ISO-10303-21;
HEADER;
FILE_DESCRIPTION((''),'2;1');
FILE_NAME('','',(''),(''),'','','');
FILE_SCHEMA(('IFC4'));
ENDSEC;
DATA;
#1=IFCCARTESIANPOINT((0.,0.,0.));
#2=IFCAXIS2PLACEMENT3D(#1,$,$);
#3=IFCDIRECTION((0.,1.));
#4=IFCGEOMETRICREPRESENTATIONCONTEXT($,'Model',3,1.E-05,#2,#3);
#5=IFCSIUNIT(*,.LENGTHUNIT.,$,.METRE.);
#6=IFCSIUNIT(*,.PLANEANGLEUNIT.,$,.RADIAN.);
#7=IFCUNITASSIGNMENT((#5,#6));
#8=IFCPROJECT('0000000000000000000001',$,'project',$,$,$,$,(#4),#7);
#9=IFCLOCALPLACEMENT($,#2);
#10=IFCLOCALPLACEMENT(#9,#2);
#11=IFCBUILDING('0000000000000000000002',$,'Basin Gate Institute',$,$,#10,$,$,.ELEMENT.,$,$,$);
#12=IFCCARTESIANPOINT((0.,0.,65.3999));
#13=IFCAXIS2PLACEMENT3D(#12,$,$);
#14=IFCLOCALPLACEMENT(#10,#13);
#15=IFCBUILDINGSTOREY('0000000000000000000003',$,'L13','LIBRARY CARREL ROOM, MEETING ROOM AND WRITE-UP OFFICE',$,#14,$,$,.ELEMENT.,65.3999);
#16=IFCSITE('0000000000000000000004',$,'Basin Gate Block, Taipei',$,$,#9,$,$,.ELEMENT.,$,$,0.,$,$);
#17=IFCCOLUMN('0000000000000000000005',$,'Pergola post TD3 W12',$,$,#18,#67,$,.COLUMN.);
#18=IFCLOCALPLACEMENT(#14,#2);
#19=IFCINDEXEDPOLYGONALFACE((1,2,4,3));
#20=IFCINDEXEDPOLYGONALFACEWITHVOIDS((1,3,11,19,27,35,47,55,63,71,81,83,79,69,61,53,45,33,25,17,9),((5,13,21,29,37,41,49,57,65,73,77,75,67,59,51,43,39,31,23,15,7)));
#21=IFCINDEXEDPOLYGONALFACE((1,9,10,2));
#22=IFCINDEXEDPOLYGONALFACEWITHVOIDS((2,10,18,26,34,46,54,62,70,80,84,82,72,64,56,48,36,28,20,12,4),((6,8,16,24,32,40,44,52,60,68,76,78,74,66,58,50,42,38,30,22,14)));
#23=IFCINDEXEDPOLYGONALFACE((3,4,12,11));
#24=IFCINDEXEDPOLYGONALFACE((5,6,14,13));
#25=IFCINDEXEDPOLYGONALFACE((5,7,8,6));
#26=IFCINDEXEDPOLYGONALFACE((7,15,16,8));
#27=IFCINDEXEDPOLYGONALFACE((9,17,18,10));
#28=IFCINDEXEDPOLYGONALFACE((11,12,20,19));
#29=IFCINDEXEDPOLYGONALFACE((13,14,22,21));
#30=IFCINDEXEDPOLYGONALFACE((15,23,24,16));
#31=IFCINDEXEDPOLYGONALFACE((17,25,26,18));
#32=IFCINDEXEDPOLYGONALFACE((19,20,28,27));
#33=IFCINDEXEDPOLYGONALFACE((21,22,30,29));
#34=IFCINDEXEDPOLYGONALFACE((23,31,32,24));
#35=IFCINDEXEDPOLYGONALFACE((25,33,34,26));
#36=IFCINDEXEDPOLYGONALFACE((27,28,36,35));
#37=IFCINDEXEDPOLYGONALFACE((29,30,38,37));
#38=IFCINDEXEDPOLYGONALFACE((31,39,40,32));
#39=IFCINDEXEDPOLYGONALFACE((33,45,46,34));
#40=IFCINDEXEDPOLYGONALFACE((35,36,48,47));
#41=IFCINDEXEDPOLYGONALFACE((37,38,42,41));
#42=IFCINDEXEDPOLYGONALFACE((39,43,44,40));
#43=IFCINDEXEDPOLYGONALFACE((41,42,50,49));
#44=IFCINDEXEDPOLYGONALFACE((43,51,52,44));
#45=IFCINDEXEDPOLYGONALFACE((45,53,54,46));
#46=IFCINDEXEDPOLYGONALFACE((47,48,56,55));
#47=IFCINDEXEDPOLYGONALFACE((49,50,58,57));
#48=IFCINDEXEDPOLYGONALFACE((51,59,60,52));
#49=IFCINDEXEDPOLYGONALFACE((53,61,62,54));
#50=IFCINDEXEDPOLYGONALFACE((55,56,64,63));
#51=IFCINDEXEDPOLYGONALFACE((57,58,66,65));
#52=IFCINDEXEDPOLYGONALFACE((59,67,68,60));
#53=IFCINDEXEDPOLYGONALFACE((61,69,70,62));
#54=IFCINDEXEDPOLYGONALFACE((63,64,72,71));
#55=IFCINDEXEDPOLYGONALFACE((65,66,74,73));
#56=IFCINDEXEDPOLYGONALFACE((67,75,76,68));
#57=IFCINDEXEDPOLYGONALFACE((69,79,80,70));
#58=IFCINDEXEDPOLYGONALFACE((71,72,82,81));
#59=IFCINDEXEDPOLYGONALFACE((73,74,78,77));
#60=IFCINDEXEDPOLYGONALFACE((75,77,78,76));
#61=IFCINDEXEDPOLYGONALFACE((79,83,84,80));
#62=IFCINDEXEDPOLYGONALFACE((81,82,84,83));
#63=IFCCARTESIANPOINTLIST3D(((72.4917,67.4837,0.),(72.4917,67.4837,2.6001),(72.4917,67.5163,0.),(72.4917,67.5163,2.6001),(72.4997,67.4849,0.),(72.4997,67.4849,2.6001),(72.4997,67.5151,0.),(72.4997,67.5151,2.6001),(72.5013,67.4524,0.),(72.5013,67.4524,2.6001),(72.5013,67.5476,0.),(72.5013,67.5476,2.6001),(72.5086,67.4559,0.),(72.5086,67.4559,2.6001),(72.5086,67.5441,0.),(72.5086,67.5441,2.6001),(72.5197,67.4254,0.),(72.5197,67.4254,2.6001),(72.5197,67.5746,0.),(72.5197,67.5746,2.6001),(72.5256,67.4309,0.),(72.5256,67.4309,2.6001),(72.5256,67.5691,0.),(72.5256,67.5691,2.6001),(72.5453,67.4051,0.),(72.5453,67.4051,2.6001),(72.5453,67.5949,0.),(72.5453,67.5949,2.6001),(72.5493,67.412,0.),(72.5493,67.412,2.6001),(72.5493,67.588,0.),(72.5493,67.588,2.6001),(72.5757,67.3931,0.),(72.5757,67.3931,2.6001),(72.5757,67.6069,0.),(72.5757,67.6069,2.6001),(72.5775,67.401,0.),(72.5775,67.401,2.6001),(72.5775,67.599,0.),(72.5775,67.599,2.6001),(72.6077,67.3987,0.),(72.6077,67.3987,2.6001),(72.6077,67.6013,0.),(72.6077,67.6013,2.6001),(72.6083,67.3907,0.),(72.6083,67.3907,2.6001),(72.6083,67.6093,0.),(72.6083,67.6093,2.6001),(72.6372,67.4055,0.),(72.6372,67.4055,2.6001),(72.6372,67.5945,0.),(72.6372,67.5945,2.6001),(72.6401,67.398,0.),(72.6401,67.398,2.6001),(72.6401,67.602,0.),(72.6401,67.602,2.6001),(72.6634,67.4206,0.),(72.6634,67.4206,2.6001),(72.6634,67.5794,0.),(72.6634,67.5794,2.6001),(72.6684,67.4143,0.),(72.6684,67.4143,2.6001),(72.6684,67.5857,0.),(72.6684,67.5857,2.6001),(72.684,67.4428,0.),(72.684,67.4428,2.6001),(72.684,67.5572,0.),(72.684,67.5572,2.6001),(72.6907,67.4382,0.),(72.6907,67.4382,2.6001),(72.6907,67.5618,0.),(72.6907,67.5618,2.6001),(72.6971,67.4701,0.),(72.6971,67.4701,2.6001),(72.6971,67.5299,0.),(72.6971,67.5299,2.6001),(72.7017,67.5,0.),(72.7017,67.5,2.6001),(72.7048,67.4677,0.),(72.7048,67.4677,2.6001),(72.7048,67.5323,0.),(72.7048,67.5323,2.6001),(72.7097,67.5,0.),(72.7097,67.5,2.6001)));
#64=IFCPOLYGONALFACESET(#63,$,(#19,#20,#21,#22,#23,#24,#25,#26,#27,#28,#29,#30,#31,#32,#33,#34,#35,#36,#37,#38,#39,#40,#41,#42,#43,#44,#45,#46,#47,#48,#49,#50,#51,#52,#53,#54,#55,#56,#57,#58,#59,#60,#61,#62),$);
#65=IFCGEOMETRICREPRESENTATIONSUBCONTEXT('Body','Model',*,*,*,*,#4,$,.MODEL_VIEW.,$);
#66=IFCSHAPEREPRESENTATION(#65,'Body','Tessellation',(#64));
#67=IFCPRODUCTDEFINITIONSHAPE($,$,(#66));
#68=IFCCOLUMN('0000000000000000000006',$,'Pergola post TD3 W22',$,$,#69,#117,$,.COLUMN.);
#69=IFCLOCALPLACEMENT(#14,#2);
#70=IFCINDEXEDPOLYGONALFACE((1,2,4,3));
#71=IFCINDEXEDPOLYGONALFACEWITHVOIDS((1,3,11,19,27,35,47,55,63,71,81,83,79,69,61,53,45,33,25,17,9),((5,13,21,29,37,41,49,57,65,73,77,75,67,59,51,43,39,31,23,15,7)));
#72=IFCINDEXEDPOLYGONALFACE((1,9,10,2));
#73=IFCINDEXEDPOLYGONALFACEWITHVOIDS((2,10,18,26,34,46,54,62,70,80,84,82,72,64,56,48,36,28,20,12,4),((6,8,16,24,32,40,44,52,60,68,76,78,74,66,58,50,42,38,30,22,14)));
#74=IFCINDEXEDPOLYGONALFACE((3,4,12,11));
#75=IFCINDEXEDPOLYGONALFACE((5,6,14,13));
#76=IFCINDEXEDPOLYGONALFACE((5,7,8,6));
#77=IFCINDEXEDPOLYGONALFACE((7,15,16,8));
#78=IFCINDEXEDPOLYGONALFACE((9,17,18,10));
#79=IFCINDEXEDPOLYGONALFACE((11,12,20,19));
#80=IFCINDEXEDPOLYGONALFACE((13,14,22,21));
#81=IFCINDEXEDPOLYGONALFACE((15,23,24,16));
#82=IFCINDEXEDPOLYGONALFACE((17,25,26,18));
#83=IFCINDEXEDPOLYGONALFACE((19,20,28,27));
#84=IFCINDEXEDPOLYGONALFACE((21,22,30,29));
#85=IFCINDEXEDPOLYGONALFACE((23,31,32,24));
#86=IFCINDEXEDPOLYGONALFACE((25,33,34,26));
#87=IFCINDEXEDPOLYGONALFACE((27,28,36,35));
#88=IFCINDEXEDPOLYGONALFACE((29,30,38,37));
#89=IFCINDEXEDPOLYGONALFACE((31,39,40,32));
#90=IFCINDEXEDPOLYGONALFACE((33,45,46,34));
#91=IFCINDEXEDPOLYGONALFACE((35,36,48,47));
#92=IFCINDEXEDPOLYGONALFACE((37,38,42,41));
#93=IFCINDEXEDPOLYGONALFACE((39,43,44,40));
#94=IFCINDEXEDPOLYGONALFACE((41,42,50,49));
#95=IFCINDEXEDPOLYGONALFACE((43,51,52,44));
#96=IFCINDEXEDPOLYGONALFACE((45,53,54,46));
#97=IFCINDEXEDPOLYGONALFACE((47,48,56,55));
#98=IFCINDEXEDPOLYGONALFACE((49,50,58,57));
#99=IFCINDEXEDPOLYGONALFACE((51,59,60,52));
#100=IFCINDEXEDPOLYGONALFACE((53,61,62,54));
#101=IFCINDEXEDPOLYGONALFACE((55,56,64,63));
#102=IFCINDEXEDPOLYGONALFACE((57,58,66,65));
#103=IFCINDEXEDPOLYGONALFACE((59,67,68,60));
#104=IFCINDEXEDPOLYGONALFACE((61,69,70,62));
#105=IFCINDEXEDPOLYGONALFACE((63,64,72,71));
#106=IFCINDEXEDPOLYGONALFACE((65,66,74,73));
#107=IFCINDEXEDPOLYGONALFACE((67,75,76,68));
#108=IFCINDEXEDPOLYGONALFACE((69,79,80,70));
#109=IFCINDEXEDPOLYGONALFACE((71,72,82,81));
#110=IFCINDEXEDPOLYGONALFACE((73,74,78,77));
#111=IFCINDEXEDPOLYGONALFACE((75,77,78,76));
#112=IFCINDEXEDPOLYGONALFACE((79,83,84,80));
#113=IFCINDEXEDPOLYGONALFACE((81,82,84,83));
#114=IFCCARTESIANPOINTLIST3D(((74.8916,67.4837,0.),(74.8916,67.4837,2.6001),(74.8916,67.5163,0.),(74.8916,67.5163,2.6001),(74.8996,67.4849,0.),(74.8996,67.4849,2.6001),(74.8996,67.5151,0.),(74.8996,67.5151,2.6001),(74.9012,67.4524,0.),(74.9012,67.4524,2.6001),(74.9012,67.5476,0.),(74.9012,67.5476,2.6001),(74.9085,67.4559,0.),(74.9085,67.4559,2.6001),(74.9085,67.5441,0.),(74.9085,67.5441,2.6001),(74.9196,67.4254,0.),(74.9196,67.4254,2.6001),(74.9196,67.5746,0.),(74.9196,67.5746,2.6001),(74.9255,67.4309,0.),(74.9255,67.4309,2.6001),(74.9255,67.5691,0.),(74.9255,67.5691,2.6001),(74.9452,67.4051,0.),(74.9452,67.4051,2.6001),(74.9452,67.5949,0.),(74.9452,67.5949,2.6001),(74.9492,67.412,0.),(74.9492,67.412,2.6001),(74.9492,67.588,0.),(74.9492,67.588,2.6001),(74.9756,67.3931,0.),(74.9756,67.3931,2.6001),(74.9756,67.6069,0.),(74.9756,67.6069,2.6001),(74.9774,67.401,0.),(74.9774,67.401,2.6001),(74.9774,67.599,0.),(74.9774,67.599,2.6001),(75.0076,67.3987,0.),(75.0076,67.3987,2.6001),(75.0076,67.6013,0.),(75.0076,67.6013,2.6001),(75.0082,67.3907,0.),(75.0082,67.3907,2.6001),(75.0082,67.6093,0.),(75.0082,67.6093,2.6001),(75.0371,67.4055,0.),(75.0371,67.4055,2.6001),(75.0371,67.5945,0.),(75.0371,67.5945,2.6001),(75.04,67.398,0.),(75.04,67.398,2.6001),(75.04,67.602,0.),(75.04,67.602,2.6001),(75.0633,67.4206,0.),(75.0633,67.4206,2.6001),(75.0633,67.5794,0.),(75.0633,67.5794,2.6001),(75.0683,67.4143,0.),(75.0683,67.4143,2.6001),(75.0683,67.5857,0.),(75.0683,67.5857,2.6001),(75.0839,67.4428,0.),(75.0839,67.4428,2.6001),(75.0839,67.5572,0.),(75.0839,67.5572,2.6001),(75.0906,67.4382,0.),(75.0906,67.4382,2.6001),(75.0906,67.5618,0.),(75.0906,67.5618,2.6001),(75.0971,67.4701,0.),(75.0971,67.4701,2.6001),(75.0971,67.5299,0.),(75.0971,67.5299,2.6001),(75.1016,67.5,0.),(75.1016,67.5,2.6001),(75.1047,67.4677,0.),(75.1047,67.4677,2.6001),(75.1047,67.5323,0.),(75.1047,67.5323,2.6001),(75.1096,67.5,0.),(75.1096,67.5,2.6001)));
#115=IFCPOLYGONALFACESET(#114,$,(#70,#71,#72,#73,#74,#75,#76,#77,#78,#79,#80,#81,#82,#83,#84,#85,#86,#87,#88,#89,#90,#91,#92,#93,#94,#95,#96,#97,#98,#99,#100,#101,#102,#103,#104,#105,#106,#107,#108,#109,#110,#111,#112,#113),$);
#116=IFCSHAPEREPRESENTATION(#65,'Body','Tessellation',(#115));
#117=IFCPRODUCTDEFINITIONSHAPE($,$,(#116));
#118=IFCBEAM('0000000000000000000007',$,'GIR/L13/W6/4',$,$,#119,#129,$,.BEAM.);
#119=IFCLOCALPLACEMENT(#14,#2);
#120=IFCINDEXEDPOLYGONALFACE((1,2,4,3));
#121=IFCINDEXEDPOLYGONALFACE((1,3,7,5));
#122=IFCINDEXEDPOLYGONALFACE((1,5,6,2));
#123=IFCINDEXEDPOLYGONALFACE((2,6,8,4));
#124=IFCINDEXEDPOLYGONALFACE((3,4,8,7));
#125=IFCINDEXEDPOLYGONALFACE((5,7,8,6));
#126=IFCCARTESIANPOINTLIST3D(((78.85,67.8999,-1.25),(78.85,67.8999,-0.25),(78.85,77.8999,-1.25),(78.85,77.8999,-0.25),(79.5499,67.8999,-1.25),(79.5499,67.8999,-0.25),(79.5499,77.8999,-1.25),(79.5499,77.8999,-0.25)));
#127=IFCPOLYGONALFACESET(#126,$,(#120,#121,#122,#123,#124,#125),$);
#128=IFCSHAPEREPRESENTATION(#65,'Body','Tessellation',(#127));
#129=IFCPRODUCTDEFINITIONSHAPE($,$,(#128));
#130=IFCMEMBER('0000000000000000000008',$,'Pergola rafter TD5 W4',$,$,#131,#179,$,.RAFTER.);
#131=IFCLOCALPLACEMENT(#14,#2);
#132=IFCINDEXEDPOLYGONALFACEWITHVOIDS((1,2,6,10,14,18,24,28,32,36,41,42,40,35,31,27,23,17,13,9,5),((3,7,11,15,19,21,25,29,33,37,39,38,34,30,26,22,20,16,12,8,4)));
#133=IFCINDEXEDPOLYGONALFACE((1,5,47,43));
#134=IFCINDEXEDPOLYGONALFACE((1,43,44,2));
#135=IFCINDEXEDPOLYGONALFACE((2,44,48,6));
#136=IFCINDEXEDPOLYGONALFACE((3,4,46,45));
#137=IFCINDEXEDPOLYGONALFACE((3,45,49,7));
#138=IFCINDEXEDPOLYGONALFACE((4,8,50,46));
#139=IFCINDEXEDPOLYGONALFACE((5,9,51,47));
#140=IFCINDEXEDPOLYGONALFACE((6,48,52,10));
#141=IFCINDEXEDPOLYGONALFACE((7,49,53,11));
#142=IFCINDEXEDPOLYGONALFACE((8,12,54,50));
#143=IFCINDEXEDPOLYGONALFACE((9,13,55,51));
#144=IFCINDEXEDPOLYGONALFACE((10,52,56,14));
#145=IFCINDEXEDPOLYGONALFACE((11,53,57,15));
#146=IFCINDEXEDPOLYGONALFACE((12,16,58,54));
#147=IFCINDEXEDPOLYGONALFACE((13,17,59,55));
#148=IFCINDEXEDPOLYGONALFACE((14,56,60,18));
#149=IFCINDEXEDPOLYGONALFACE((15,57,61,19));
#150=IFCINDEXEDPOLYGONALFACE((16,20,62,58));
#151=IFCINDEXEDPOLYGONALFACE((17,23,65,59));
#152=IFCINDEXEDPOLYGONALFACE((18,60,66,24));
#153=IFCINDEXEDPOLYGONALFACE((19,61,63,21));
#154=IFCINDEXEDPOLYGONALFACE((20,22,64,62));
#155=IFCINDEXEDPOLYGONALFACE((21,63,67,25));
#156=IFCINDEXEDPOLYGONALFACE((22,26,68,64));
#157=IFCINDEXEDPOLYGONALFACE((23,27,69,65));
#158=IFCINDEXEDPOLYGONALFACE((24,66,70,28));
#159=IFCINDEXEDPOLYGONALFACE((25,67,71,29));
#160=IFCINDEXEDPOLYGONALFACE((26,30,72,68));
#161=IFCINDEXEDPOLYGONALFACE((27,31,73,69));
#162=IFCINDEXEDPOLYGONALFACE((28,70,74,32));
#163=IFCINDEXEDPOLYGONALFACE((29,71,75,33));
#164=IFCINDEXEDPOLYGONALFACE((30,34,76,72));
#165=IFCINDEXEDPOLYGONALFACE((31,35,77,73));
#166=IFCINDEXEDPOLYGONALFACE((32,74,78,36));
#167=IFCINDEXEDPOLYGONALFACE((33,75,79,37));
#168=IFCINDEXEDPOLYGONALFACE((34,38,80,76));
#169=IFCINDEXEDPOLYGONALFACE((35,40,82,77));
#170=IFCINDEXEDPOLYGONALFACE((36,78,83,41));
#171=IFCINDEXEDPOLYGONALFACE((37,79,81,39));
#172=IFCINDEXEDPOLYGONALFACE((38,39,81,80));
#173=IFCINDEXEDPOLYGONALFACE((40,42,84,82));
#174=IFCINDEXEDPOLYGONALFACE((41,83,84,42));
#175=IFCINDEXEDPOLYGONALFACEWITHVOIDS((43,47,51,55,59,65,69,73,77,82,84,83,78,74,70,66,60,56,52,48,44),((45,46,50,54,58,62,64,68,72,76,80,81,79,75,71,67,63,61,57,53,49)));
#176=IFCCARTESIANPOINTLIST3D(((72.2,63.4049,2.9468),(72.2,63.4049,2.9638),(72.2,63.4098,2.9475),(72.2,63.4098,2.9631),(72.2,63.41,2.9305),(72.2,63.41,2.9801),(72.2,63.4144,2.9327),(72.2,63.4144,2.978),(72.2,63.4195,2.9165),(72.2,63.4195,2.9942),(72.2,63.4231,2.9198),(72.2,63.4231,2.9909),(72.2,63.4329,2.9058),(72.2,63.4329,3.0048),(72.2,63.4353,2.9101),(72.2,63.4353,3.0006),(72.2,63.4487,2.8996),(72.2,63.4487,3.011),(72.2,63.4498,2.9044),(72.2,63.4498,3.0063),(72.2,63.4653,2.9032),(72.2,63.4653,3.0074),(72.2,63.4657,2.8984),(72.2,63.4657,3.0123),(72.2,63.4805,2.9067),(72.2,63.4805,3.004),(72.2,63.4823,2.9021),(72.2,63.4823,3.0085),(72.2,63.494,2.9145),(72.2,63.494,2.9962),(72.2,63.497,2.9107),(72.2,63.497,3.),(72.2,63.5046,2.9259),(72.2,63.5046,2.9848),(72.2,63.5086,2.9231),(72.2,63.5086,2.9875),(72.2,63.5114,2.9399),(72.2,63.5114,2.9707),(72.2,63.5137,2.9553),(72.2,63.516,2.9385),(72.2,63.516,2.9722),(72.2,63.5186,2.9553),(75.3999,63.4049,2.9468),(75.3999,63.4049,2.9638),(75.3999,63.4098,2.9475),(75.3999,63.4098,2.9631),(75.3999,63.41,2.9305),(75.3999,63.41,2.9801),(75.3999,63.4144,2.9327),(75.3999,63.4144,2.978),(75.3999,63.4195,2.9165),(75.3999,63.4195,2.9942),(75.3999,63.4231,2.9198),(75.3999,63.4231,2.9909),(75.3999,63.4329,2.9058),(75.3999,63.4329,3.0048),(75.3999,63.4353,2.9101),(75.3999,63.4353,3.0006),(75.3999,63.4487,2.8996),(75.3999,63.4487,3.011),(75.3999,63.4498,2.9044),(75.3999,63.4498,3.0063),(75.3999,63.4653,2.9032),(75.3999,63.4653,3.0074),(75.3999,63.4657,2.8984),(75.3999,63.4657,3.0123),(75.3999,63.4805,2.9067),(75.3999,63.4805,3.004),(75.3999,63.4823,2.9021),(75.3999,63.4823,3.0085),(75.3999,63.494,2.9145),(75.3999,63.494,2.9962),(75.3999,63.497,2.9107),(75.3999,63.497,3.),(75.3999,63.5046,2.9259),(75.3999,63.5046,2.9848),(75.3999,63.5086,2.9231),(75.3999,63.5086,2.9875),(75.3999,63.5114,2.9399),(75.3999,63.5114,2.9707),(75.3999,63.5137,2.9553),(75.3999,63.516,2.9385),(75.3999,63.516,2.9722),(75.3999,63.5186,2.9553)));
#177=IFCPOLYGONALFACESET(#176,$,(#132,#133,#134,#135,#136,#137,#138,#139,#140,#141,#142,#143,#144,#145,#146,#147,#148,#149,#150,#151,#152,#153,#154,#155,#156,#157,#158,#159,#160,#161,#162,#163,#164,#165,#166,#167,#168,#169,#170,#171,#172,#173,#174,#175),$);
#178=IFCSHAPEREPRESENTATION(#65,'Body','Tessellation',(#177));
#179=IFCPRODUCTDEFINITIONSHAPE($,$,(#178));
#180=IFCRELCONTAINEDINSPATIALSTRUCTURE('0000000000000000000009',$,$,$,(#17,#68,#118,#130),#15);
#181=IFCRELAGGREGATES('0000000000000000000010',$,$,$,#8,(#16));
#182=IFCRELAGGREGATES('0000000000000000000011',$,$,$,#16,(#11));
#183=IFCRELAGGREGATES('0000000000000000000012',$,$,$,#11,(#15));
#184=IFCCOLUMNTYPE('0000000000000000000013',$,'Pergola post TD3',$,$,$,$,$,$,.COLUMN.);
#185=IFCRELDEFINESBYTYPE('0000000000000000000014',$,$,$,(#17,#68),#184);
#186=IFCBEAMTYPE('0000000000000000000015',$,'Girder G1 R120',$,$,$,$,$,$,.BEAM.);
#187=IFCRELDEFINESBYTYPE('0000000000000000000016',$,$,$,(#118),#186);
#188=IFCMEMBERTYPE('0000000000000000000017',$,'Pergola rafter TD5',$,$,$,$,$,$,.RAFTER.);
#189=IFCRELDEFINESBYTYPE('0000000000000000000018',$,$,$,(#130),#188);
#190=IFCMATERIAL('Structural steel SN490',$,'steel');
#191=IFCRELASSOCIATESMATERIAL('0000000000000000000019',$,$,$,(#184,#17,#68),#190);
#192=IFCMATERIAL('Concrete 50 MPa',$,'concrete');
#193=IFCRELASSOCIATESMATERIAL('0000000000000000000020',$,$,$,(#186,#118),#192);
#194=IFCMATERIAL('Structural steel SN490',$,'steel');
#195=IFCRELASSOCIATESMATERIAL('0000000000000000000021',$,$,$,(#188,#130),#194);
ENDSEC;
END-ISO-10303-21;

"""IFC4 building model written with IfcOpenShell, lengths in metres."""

from ifc_helpers import new_model, si_unit, direction, frame, origin, origin_2d, place, context, subcontext, project, spatial, rectangle, hollow_circle, extrude, material, material_profile, profile_set, type_object, element, save


model = new_model("IFC4")

# Units and contexts
model_context = context("Model", 3, precision=1e-05, world=origin(), true_north=direction((0.0, 1.0)))
body_context = subcontext(model_context, "Body", "Model", "MODEL_VIEW")
ifc_project = project(units=[si_unit("LENGTHUNIT", "METRE"), si_unit("PLANEANGLEUNIT", "RADIAN")], contexts=[model_context])

# Site, building, storey
site_placement = place(None, origin())
site = spatial("IfcSite", under=ifc_project, at=site_placement, Name="Basin Gate Block, Taipei", CompositionType="ELEMENT", RefElevation=0.0)
building_placement = place(site_placement, origin())
building = spatial("IfcBuilding", under=site, at=building_placement, Name="Basin Gate Institute", CompositionType="ELEMENT")
storey_placement = place(building_placement, frame((0.0, 0.0, 65.3999)))
storey = spatial("IfcBuildingStorey", under=building, at=storey_placement, Name="L13", Description="LIBRARY CARREL ROOM, MEETING ROOM AND WRITE-UP OFFICE", CompositionType="ELEMENT", Elevation=65.3999)

# Columns
ifc_material_1 = material(Name="Structural steel SN490", Category="steel")
ifc_material_profile_1 = material_profile(ifc_material_1, hollow_circle(Radius=0.1096, WallThickness=0.0081, at=origin_2d()), Name="CHS219x8")
ifc_profile_set_1 = profile_set([ifc_material_profile_1], Name="Structural steel SN490")
column_type = type_object("IfcColumnType", Name="Pergola post TD3", PredefinedType="COLUMN", material=ifc_profile_set_1)
for number, where, z_axis, x_axis, name in (
    (1, (72.6001, 67.5, 0.0), (0.0, 0.0, 1.0), (1.0, 0.0, 0.0), "Pergola post TD3 W12"),
    (2, (75.0, 67.5, 0.0), (0.0, 0.0, 1.0), (1.0, 0.0, 0.0), "Pergola post TD3 W22"),
):
    element("IfcColumn", number, at=place(storey_placement, frame(where, z_axis=z_axis, x_axis=x_axis)), inside=storey, type_object=column_type, material=ifc_profile_set_1, Name=name, PredefinedType="COLUMN", context=body_context, shape_type="SweptSolid", body=[
        extrude(hollow_circle(Radius=0.1096, WallThickness=0.0081, at=origin_2d()), origin(), (0.0, 0.0, 1.0), 2.6001),
    ])

# Beam
ifc_material_2 = material(Name="Concrete 50 MPa", Category="concrete")
ifc_material_profile_2 = material_profile(ifc_material_2, rectangle(XDim=0.7, YDim=1.0, at=origin_2d()), Name="Girder G1 700 x 1000")
ifc_profile_set_2 = profile_set([ifc_material_profile_2], Name="Concrete 50 MPa")
beam_type_1 = type_object("IfcBeamType", Name="Girder G1 R120", PredefinedType="BEAM", material=ifc_profile_set_2)
beam_placement = place(storey_placement, frame((79.2, 67.8999, -0.75), z_axis=(0.0, 1.0, 0.0), x_axis=(-1.0, 0.0, 0.0)))
element("IfcBeam", 3, at=beam_placement, inside=storey, type_object=beam_type_1, material=ifc_profile_set_2, Name="GIR/L13/W6/4", PredefinedType="BEAM", context=body_context, shape_type="SweptSolid", body=[
    extrude(rectangle(XDim=0.7, YDim=1.0, at=origin_2d()), origin(), (0.0, 0.0, 1.0), 10.0),
])

# Member
ifc_material_3 = material(Name="Structural steel SN490", Category="steel")
ifc_material_profile_3 = material_profile(ifc_material_3, hollow_circle(Radius=0.0571, WallThickness=0.0049, at=origin_2d()), Name="CHS114x5")
ifc_profile_set_3 = profile_set([ifc_material_profile_3], Name="Structural steel SN490")
member_type = type_object("IfcMemberType", Name="Pergola rafter TD5", PredefinedType="RAFTER", material=ifc_profile_set_3)
for number, where, z_axis, x_axis, name in (
    (4, (72.2, 63.4614, 2.9553), (1.0, 0.0, 0.0), (0.0, 1.0, 0.0), "Pergola rafter TD5 W4"),
):
    element("IfcMember", number, at=place(storey_placement, frame(where, z_axis=z_axis, x_axis=x_axis)), inside=storey, type_object=member_type, material=ifc_profile_set_3, Name=name, PredefinedType="RAFTER", context=body_context, shape_type="SweptSolid", body=[
        extrude(hollow_circle(Radius=0.0571, WallThickness=0.0049, at=origin_2d()), origin(), (0.0, 0.0, 1.0), 3.2),
    ])

save(model, "model.ifc")
